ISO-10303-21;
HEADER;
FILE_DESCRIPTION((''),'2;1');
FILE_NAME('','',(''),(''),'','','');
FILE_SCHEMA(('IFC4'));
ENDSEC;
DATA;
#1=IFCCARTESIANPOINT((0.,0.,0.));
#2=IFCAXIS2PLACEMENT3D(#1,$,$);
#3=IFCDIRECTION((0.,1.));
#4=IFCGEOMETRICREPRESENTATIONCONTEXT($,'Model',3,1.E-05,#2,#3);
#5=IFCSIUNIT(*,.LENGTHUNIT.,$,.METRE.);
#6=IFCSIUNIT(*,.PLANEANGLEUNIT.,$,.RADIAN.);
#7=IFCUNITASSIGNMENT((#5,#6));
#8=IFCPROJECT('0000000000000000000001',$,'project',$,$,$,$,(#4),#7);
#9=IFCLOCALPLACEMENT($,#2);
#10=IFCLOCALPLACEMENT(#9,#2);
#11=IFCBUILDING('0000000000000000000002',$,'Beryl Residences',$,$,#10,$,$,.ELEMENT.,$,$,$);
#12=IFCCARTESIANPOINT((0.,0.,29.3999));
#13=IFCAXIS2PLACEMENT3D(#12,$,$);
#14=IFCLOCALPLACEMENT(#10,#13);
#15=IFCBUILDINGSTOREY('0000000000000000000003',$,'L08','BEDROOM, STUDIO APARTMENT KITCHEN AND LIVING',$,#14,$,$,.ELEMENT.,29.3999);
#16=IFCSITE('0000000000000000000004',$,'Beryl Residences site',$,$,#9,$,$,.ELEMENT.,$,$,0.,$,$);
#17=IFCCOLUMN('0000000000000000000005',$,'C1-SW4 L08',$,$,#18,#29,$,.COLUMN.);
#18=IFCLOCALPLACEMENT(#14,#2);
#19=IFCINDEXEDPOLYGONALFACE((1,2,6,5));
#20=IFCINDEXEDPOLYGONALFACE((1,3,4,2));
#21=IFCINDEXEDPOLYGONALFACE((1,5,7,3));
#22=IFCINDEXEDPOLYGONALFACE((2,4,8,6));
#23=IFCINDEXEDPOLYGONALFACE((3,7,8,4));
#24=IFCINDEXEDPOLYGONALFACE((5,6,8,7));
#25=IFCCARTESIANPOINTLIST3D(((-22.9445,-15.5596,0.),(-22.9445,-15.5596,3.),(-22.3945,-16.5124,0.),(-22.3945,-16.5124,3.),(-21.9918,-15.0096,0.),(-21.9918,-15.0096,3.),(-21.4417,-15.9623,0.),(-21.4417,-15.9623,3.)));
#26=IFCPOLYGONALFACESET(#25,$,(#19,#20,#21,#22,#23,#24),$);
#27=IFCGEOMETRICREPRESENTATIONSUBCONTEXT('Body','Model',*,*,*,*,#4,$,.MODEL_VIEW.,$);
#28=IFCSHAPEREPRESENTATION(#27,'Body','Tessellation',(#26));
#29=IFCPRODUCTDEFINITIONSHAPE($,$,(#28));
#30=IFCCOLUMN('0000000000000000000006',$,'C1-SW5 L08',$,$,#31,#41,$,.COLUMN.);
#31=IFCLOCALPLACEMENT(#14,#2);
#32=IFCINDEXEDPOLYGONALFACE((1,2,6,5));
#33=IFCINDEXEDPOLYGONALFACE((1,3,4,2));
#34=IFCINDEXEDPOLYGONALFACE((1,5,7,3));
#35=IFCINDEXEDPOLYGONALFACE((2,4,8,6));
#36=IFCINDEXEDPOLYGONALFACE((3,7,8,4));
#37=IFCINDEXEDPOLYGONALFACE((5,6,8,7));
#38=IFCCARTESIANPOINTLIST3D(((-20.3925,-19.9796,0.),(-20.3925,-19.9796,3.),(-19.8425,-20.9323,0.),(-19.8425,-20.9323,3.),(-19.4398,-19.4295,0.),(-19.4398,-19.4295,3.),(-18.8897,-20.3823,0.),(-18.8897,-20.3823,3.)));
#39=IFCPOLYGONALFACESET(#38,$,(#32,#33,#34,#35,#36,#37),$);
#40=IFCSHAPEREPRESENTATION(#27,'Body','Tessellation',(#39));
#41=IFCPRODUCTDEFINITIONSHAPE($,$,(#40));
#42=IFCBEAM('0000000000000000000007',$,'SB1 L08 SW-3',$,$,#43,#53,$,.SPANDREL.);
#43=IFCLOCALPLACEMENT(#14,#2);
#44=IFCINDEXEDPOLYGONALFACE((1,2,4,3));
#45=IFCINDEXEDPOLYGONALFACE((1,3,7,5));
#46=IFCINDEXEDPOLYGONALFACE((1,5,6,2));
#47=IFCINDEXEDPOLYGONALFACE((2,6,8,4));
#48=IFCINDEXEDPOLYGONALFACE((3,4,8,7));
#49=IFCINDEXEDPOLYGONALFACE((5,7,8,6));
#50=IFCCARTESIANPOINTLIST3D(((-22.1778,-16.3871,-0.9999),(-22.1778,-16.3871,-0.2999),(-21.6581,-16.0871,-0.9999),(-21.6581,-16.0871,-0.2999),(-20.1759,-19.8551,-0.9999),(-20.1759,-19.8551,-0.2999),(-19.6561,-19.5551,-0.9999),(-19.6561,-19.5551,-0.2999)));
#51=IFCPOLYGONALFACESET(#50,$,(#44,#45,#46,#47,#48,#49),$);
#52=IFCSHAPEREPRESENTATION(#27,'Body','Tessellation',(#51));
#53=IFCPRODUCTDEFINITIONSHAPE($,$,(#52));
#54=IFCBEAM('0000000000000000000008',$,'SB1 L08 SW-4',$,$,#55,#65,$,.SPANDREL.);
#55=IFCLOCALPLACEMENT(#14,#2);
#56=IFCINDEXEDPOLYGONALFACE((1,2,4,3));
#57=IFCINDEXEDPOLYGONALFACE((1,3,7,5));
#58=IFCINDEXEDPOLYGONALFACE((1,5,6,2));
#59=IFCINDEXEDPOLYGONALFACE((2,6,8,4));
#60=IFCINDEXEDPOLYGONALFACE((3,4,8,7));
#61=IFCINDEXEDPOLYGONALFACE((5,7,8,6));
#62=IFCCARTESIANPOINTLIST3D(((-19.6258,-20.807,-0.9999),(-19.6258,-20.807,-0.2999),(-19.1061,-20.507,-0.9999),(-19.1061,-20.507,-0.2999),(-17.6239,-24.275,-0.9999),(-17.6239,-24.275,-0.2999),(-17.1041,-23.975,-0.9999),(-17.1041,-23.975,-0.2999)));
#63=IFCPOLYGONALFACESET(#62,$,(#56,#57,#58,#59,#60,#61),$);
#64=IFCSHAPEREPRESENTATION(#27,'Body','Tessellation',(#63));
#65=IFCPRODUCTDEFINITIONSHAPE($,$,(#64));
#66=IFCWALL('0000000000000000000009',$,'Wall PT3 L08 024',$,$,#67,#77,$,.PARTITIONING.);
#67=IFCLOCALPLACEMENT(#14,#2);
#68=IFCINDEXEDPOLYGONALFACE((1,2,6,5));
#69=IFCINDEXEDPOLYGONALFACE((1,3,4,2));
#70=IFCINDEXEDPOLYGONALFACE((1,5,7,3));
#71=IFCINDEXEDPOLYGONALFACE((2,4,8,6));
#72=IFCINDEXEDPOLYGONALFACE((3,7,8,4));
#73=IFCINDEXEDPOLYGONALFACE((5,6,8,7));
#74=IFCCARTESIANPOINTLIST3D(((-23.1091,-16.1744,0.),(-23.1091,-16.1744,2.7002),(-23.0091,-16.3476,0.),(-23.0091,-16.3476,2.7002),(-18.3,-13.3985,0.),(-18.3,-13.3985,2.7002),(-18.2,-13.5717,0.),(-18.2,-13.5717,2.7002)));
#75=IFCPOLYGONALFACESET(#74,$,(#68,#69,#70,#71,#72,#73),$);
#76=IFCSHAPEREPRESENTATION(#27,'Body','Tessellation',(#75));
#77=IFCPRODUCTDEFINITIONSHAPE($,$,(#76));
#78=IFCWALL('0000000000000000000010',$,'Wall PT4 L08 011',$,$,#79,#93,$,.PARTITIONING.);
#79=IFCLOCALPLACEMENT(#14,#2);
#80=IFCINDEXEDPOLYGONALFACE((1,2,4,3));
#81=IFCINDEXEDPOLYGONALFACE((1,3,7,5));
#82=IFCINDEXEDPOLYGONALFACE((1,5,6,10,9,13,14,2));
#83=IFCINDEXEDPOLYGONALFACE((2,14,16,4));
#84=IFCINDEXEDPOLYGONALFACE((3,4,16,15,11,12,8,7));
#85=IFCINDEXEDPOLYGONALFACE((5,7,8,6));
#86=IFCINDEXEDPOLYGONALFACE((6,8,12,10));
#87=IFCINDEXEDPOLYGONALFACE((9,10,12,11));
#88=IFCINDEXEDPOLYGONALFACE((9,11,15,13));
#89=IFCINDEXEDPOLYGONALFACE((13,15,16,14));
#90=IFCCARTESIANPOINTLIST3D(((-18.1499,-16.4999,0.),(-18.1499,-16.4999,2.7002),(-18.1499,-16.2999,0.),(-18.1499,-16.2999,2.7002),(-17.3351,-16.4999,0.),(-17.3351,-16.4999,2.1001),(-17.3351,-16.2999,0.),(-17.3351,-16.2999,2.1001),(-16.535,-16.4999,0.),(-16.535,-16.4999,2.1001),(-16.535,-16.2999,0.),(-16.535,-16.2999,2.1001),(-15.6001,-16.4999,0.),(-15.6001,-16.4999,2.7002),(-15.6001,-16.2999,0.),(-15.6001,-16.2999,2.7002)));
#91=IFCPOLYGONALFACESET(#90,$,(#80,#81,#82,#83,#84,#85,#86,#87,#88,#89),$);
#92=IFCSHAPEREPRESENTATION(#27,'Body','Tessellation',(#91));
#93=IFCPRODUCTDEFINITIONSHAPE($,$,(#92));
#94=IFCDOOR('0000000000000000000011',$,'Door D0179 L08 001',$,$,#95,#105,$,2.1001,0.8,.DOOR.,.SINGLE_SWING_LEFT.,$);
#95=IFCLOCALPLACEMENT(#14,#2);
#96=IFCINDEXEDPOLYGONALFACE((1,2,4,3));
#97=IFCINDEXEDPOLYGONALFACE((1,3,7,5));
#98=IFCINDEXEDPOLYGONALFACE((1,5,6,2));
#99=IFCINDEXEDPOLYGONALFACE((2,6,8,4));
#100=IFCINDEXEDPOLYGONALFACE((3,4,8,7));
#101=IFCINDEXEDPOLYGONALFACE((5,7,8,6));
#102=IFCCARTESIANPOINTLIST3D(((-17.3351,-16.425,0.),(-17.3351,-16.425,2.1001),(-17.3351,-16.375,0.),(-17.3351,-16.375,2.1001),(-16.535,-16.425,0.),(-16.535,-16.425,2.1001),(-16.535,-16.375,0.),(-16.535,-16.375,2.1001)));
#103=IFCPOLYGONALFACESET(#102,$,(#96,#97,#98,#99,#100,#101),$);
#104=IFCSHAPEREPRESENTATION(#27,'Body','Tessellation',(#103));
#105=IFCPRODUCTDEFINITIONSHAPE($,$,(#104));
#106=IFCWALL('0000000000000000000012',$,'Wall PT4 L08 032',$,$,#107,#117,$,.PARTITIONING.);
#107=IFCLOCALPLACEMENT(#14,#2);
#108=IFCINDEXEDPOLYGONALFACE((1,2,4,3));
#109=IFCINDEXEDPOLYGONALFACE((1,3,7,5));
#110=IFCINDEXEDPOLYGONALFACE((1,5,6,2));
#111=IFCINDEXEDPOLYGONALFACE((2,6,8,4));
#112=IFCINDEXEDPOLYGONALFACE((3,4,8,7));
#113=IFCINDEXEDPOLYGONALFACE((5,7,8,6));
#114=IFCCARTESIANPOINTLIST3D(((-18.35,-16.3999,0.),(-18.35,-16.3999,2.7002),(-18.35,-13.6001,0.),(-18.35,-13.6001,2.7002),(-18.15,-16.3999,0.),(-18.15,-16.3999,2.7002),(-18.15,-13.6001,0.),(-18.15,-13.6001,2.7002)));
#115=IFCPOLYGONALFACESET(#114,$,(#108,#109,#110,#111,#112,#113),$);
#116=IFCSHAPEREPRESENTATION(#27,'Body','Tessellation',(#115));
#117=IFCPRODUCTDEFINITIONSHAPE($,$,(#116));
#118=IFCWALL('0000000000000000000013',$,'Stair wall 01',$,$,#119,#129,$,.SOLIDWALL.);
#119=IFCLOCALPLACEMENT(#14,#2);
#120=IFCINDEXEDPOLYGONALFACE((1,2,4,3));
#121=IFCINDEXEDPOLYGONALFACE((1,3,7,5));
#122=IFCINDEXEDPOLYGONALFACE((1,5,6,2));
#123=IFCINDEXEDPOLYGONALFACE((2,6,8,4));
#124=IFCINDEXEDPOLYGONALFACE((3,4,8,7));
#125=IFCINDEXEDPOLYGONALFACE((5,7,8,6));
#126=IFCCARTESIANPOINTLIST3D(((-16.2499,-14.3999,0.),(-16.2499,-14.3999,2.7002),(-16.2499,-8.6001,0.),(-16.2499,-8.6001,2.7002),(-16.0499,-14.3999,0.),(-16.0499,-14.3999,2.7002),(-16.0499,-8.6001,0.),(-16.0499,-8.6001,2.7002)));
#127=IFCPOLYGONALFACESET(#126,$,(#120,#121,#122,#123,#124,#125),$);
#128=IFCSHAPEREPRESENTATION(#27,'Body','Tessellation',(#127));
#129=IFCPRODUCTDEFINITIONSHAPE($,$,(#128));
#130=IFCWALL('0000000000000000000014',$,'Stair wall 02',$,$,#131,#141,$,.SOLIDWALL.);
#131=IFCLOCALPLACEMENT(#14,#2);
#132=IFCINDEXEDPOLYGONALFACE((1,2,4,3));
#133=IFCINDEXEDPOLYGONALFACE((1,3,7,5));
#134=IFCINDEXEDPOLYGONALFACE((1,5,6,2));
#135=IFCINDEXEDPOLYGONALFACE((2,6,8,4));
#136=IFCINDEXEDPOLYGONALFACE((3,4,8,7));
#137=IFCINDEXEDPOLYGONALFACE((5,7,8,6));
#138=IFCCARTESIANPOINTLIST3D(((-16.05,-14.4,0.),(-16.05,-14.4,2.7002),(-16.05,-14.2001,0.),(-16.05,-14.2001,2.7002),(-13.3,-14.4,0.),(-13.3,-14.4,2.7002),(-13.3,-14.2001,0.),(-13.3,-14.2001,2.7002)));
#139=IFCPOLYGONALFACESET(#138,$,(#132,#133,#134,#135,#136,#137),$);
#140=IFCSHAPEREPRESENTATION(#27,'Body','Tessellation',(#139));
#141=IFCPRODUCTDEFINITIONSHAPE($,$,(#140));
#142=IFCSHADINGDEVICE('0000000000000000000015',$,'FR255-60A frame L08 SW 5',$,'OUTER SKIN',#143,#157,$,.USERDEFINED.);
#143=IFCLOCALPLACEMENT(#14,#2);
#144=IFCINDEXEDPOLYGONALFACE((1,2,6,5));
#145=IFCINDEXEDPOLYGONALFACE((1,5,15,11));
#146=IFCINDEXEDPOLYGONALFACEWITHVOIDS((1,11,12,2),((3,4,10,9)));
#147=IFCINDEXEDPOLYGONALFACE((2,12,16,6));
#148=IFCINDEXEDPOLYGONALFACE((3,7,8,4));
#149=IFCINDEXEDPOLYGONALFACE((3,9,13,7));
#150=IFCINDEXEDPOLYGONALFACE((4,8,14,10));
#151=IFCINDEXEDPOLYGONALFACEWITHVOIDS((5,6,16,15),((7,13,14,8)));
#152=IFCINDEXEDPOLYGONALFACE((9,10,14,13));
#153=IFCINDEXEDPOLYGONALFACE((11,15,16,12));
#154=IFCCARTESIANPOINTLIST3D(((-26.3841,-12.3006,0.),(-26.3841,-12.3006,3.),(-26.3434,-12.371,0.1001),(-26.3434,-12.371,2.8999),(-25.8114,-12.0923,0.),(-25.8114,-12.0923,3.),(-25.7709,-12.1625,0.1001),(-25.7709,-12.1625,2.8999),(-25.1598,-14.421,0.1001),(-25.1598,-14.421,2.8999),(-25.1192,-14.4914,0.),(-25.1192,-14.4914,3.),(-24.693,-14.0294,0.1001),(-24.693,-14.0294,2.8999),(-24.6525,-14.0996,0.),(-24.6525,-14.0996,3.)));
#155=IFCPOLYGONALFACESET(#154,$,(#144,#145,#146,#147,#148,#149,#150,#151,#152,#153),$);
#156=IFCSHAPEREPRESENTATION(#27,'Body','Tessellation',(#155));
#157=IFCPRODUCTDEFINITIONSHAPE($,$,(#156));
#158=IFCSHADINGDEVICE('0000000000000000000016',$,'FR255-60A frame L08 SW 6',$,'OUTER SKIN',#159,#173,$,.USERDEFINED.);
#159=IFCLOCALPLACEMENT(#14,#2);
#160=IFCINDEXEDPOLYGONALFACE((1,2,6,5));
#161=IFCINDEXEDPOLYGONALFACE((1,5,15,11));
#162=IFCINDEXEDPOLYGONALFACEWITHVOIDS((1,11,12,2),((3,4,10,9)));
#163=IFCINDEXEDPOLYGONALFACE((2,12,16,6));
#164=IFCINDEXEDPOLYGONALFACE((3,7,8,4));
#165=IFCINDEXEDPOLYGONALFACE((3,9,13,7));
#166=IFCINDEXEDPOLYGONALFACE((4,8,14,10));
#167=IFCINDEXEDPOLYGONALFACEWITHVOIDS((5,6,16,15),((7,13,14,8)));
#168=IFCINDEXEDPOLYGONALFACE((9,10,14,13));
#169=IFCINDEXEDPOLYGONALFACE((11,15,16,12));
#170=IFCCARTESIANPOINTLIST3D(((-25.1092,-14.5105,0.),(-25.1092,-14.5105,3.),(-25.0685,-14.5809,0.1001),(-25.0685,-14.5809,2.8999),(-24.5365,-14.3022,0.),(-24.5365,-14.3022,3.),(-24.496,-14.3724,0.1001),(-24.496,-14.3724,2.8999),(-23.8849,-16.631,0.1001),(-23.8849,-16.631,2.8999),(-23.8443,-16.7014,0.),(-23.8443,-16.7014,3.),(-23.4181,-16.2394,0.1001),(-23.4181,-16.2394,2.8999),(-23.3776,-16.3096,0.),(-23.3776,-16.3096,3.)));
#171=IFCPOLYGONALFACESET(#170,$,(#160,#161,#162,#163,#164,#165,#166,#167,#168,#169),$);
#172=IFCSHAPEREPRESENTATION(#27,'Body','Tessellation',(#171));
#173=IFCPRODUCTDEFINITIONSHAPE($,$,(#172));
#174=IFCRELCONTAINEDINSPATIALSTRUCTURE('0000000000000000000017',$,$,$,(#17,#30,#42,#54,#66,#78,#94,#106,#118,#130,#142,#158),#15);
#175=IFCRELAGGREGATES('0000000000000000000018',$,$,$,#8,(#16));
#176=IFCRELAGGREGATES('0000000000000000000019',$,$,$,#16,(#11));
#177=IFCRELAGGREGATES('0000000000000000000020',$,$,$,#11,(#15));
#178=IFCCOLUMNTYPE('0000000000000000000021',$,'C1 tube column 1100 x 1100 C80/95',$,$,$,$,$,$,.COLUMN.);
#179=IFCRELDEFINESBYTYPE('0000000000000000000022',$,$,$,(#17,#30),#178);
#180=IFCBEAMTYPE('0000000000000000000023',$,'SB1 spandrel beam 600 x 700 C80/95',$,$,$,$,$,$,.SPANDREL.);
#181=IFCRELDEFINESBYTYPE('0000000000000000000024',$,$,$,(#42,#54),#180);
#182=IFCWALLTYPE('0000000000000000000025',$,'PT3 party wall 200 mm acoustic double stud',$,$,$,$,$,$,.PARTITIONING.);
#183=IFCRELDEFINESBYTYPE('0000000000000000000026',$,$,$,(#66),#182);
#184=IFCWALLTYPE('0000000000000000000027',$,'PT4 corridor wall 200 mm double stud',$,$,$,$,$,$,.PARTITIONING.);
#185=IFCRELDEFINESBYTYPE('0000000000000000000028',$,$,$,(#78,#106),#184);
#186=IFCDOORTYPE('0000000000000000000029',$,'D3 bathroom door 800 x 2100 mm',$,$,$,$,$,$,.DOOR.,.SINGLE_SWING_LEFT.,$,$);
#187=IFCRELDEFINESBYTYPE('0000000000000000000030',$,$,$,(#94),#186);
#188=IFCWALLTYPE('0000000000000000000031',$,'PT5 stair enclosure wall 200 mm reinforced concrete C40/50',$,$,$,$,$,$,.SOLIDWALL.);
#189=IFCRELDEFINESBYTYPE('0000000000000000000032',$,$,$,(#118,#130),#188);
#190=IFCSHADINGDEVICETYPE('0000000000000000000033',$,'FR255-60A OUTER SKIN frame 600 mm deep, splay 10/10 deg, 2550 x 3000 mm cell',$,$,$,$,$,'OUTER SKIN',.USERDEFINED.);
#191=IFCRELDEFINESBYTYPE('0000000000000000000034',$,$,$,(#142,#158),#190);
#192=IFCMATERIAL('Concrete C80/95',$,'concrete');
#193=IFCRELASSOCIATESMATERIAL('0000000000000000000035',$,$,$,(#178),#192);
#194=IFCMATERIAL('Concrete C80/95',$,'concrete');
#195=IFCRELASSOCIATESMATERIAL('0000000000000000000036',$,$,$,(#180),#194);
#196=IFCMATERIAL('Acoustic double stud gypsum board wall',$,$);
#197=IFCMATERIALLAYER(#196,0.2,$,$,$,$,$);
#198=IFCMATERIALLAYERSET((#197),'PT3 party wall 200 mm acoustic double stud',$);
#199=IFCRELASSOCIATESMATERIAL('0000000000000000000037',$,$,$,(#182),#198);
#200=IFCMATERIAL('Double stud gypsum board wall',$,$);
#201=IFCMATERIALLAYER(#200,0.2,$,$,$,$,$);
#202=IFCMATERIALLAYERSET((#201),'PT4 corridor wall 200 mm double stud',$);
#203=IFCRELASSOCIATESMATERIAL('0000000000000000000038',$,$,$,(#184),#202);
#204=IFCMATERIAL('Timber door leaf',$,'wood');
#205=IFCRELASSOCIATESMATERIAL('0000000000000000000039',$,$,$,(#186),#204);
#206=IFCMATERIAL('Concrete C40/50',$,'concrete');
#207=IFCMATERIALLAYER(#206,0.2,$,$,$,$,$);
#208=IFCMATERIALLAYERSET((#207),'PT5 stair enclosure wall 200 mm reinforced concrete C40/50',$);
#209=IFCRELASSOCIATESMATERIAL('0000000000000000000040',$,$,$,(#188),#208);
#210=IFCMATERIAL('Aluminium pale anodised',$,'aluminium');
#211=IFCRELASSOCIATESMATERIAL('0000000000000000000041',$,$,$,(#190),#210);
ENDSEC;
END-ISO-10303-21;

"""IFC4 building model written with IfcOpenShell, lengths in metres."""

from ifc_helpers import new_model, entity, si_unit, direction, frame, frame_2d, origin, origin_2d, place, context, subcontext, project, spatial, rectangle, extrude, source, transform, mapped, material, layer, layer_set, material_profile, profile_set, type_object, type_shapes, element, fill, save


model = new_model("IFC4")

# Units and contexts
model_context = context("Model", 3, precision=1e-05, world=origin(), true_north=direction((0.0, 1.0)))
body_context = subcontext(model_context, "Body", "Model", "MODEL_VIEW")
ifc_project = project(units=[si_unit("LENGTHUNIT", "METRE"), si_unit("PLANEANGLEUNIT", "RADIAN")], contexts=[model_context])

# Site, building, storey
site_placement = place(None, origin())
site = spatial("IfcSite", under=ifc_project, at=site_placement, Name="Beryl Residences site", CompositionType="ELEMENT", RefElevation=0.0)
building_placement = place(site_placement, origin())
building = spatial("IfcBuilding", under=site, at=building_placement, Name="Beryl Residences", CompositionType="ELEMENT")
storey_placement = place(building_placement, frame((0.0, 0.0, 29.3999)))
storey = spatial("IfcBuildingStorey", under=building, at=storey_placement, Name="L08", Description="BEDROOM, STUDIO APARTMENT KITCHEN AND LIVING", CompositionType="ELEMENT", Elevation=29.3999)

# Columns
ifc_material_1 = material(Name="Concrete C80/95", Category="concrete")
ifc_material_profile_1 = material_profile(ifc_material_1, rectangle(XDim=1.1001, YDim=1.1001, at=origin_2d()))
ifc_profile_set_1 = profile_set([ifc_material_profile_1], Name="Concrete C80/95")
column_type = type_object("IfcColumnType", Name="C1 tube column 1100 x 1100 C80/95", PredefinedType="COLUMN", material=ifc_profile_set_1)
for number, where, z_axis, x_axis, name in (
    (1, (-22.1931, -15.761, 0.0), (0.0, 0.0, 1.0), (0.499985, -0.866034, 0.0), "C1-SW4 L08"),
    (2, (-19.6411, -20.1809, 0.0), (0.0, 0.0, 1.0), (0.499985, -0.866034, 0.0), "C1-SW5 L08"),
):
    element("IfcColumn", number, at=place(storey_placement, frame(where, z_axis=z_axis, x_axis=x_axis)), inside=storey, type_object=column_type, Name=name, PredefinedType="COLUMN", context=body_context, shape_type="SweptSolid", body=[
        extrude(rectangle(XDim=1.1001, YDim=1.1001, at=origin_2d()), origin(), (0.0, 0.0, 1.0), 3.0),
    ])

# Beams
ifc_material_2 = material(Name="Concrete C80/95", Category="concrete")
ifc_material_profile_2 = material_profile(ifc_material_2, rectangle(XDim=0.6001, YDim=0.7, at=origin_2d()))
ifc_profile_set_2 = profile_set([ifc_material_profile_2], Name="Concrete C80/95")
beam_type = type_object("IfcBeamType", Name="SB1 spandrel beam 600 x 700 C80/95", PredefinedType="SPANDREL", material=ifc_profile_set_2)
for number, where, z_axis, x_axis, name in (
    (3, (-21.918, -16.2371, -0.6499), (0.499942, -0.866059, 0.0), (0.866059, 0.499942, 0.0), "SB1 L08 SW-3"),
    (4, (-19.366, -20.657, -0.6499), (0.499942, -0.866059, 0.0), (0.866059, 0.499942, 0.0), "SB1 L08 SW-4"),
):
    element("IfcBeam", number, at=place(storey_placement, frame(where, z_axis=z_axis, x_axis=x_axis)), inside=storey, type_object=beam_type, Name=name, PredefinedType="SPANDREL", context=body_context, shape_type="SweptSolid", body=[
        extrude(rectangle(XDim=0.6001, YDim=0.7, at=origin_2d()), origin(), (0.0, 0.0, 1.0), 4.0044),
    ])

# Wall
ifc_material_3 = material(Name="Acoustic double stud gypsum board wall")
ifc_layer_1 = layer(ifc_material_3, 0.2)
ifc_layer_set_1 = layer_set([ifc_layer_1], Name="PT3 party wall 200 mm acoustic double stud")
wall_type_1 = type_object("IfcWallType", Name="PT3 party wall 200 mm acoustic double stud", PredefinedType="PARTITIONING", material=ifc_layer_set_1)
wall_1_placement = place(storey_placement, frame((-23.0591, -16.261, 0.0), z_axis=(0.0, 0.0, 1.0), x_axis=(0.866076, 0.499913, 0.0)))
element("IfcWall", 5, at=wall_1_placement, inside=storey, type_object=wall_type_1, Name="Wall PT3 L08 024", PredefinedType="PARTITIONING", context=body_context, shape_type="SweptSolid", body=[
    extrude(rectangle(XDim=5.5527, YDim=0.2, at=frame_2d((2.7764, 0.0))), origin(), (0.0, 0.0, 1.0), 2.7002),
])

# Wall, opening, door
ifc_material_4 = material(Name="Double stud gypsum board wall")
ifc_layer_2 = layer(ifc_material_4, 0.2)
ifc_layer_set_2 = layer_set([ifc_layer_2], Name="PT4 corridor wall 200 mm double stud")
wall_type_2 = type_object("IfcWallType", Name="PT4 corridor wall 200 mm double stud", PredefinedType="PARTITIONING", material=ifc_layer_set_2)
wall_2_placement = place(storey_placement, frame((-18.1499, -16.3999, 0.0), z_axis=(0.0, 0.0, 1.0), x_axis=(1.0, 0.0, 0.0)))
wall_2 = element("IfcWall", 6, at=wall_2_placement, inside=storey, type_object=wall_type_2, Name="Wall PT4 L08 011", PredefinedType="PARTITIONING", context=body_context, shape_type="SweptSolid", body=[
    extrude(rectangle(XDim=2.5498, YDim=0.2, at=frame_2d((1.2749, 0.0))), origin(), (0.0, 0.0, 1.0), 2.7002),
])
opening_placement = place(wall_2_placement, frame((0.8149, 0.0, 0.0)))
opening = element("IfcOpeningElement", 7, at=opening_placement, cuts=wall_2, PredefinedType="OPENING", context=body_context, shape_type="SweptSolid", body=[
    extrude(rectangle(XDim=0.8, YDim=2.1001, at=frame_2d((0.3999, 1.05))), frame((0.0, 0.1099, 0.0), z_axis=(0.0, -1.0, 0.0), x_axis=(1.0, 0.0, 0.0)), (0.0, 0.0, 1.0), 0.22),
])
ifc_material_5 = material(Name="Timber door leaf", Category="wood")
door_type = type_object("IfcDoorType", Name="D3 bathroom door 800 x 2100 mm", OperationType="SINGLE_SWING_LEFT", PredefinedType="DOOR", material=ifc_material_5)
door_placement = place(opening_placement, origin())
door = element("IfcDoor", 8, at=door_placement, inside=storey, type_object=door_type, Name="Door D0179 L08 001", OperationType="SINGLE_SWING_LEFT", OverallHeight=2.1001, OverallWidth=0.8, PredefinedType="DOOR", context=body_context, shape_type="SweptSolid", body=[
    extrude(rectangle(XDim=0.8, YDim=2.1001, at=frame_2d((0.3999, 1.05))), frame((0.0, 0.0249, 0.0), z_axis=(0.0, -1.0, 0.0), x_axis=(1.0, 0.0, 0.0)), (0.0, 0.0, 1.0), 0.05),
])
fill(opening, door)

# Walls
wall_3_placement = place(storey_placement, frame((-18.25, -16.3999, 0.0), z_axis=(0.0, 0.0, 1.0), x_axis=(0.0, 1.0, 0.0)))
element("IfcWall", 9, at=wall_3_placement, inside=storey, type_object=wall_type_2, Name="Wall PT4 L08 032", PredefinedType="PARTITIONING", context=body_context, shape_type="SweptSolid", body=[
    extrude(rectangle(XDim=2.7998, YDim=0.2, at=frame_2d((1.3999, 0.0))), origin(), (0.0, 0.0, 1.0), 2.7002),
])
ifc_material_6 = material(Name="Concrete C40/50", Category="concrete")
ifc_layer_3 = layer(ifc_material_6, 0.2)
ifc_layer_set_3 = layer_set([ifc_layer_3], Name="PT5 stair enclosure wall 200 mm reinforced concrete C40/50")
wall_type_3 = type_object("IfcWallType", Name="PT5 stair enclosure wall 200 mm reinforced concrete C40/50", PredefinedType="SOLIDWALL", material=ifc_layer_set_3)
wall_4_placement = place(storey_placement, frame((-16.1499, -14.3999, 0.0), z_axis=(0.0, 0.0, 1.0), x_axis=(0.0, 1.0, 0.0)))
element("IfcWall", 10, at=wall_4_placement, inside=storey, type_object=wall_type_3, Name="Stair wall 01", PredefinedType="SOLIDWALL", context=body_context, shape_type="SweptSolid", body=[
    extrude(rectangle(XDim=5.7998, YDim=0.2, at=frame_2d((2.8999, 0.0))), origin(), (0.0, 0.0, 1.0), 2.7002),
])
wall_5_placement = place(storey_placement, frame((-16.05, -14.3, 0.0), z_axis=(0.0, 0.0, 1.0), x_axis=(1.0, 0.0, 0.0)))
element("IfcWall", 11, at=wall_5_placement, inside=storey, type_object=wall_type_3, Name="Stair wall 02", PredefinedType="SOLIDWALL", context=body_context, shape_type="SweptSolid", body=[
    extrude(rectangle(XDim=2.75, YDim=0.2, at=frame_2d((1.375, 0.0))), origin(), (0.0, 0.0, 1.0), 2.7002),
])

# Shading devices
ifc_material_7 = material(Name="Aluminium pale anodised", Category="aluminium")
shading_device_type = type_object("IfcShadingDeviceType", Name="FR255-60A OUTER SKIN frame 600 mm deep, splay 10/10 deg, 2550 x 3000 mm cell", ElementType="OUTER SKIN", PredefinedType="USERDEFINED", material=ifc_material_7)
cartesian_point_1 = entity("IfcCartesianPoint", [-1.1589, 0.0])
cartesian_point_2 = entity("IfcCartesianPoint", [-1.0779, 0.1001])
cartesian_point_3 = entity("IfcCartesianPoint", [-1.2649, 0.0])
cartesian_point_4 = entity("IfcCartesianPoint", [-1.1836, 0.1001])
shared_shape = source(origin(), body_context, "Body", "SweptSolid", [
    entity("IfcExtrudedAreaSolidTapered", entity("IfcArbitraryProfileDefWithVoids", "AREA", None, entity("IfcPolyline", [cartesian_point_1, entity("IfcCartesianPoint", [1.1589, 0.0]), entity("IfcCartesianPoint", [1.1589, 3.0]), entity("IfcCartesianPoint", [-1.1589, 3.0]), cartesian_point_1]), [entity("IfcPolyline", [cartesian_point_2, entity("IfcCartesianPoint", [1.0779, 0.1001]), entity("IfcCartesianPoint", [1.0779, 2.8999]), entity("IfcCartesianPoint", [-1.0779, 2.8999]), cartesian_point_2])]), entity("IfcAxis2Placement3D", entity("IfcCartesianPoint", [0.0, 0.0, 0.0]), entity("IfcDirection", [0.0, 1.0, 0.0]), entity("IfcDirection", [-1.0, 0.0, 0.0])), entity("IfcDirection", [0.0, 0.0, 1.0]), 0.6001, entity("IfcArbitraryProfileDefWithVoids", "AREA", None, entity("IfcPolyline", [cartesian_point_3, entity("IfcCartesianPoint", [1.2649, 0.0]), entity("IfcCartesianPoint", [1.2649, 3.0]), entity("IfcCartesianPoint", [-1.2649, 3.0]), cartesian_point_3]), [entity("IfcPolyline", [cartesian_point_4, entity("IfcCartesianPoint", [1.1836, 0.1001]), entity("IfcCartesianPoint", [1.1836, 2.8999]), entity("IfcCartesianPoint", [-1.1836, 2.8999]), cartesian_point_4])])),
])
type_shapes(shading_device_type, [shared_shape])
for number, where, z_axis, x_axis, name in (
    (12, (-25.2319, -13.0959, 0.0), (0.0, 0.0, 1.0), (-0.5, 0.866025, 0.0), "FR255-60A frame L08 SW 5"),
    (13, (-23.957, -15.3059, 0.0), (0.0, 0.0, 1.0), (-0.5, 0.866025, 0.0), "FR255-60A frame L08 SW 6"),
):
    element("IfcShadingDevice", number, at=place(storey_placement, frame(where, z_axis=z_axis, x_axis=x_axis)), inside=storey, type_object=shading_device_type, Name=name, ObjectType="OUTER SKIN", PredefinedType="USERDEFINED", context=body_context, shape_type="MappedRepresentation", body=[
        mapped(shared_shape, transform((0.0, 0.0, 0.0))),
    ])

save(model, "model.ifc")
